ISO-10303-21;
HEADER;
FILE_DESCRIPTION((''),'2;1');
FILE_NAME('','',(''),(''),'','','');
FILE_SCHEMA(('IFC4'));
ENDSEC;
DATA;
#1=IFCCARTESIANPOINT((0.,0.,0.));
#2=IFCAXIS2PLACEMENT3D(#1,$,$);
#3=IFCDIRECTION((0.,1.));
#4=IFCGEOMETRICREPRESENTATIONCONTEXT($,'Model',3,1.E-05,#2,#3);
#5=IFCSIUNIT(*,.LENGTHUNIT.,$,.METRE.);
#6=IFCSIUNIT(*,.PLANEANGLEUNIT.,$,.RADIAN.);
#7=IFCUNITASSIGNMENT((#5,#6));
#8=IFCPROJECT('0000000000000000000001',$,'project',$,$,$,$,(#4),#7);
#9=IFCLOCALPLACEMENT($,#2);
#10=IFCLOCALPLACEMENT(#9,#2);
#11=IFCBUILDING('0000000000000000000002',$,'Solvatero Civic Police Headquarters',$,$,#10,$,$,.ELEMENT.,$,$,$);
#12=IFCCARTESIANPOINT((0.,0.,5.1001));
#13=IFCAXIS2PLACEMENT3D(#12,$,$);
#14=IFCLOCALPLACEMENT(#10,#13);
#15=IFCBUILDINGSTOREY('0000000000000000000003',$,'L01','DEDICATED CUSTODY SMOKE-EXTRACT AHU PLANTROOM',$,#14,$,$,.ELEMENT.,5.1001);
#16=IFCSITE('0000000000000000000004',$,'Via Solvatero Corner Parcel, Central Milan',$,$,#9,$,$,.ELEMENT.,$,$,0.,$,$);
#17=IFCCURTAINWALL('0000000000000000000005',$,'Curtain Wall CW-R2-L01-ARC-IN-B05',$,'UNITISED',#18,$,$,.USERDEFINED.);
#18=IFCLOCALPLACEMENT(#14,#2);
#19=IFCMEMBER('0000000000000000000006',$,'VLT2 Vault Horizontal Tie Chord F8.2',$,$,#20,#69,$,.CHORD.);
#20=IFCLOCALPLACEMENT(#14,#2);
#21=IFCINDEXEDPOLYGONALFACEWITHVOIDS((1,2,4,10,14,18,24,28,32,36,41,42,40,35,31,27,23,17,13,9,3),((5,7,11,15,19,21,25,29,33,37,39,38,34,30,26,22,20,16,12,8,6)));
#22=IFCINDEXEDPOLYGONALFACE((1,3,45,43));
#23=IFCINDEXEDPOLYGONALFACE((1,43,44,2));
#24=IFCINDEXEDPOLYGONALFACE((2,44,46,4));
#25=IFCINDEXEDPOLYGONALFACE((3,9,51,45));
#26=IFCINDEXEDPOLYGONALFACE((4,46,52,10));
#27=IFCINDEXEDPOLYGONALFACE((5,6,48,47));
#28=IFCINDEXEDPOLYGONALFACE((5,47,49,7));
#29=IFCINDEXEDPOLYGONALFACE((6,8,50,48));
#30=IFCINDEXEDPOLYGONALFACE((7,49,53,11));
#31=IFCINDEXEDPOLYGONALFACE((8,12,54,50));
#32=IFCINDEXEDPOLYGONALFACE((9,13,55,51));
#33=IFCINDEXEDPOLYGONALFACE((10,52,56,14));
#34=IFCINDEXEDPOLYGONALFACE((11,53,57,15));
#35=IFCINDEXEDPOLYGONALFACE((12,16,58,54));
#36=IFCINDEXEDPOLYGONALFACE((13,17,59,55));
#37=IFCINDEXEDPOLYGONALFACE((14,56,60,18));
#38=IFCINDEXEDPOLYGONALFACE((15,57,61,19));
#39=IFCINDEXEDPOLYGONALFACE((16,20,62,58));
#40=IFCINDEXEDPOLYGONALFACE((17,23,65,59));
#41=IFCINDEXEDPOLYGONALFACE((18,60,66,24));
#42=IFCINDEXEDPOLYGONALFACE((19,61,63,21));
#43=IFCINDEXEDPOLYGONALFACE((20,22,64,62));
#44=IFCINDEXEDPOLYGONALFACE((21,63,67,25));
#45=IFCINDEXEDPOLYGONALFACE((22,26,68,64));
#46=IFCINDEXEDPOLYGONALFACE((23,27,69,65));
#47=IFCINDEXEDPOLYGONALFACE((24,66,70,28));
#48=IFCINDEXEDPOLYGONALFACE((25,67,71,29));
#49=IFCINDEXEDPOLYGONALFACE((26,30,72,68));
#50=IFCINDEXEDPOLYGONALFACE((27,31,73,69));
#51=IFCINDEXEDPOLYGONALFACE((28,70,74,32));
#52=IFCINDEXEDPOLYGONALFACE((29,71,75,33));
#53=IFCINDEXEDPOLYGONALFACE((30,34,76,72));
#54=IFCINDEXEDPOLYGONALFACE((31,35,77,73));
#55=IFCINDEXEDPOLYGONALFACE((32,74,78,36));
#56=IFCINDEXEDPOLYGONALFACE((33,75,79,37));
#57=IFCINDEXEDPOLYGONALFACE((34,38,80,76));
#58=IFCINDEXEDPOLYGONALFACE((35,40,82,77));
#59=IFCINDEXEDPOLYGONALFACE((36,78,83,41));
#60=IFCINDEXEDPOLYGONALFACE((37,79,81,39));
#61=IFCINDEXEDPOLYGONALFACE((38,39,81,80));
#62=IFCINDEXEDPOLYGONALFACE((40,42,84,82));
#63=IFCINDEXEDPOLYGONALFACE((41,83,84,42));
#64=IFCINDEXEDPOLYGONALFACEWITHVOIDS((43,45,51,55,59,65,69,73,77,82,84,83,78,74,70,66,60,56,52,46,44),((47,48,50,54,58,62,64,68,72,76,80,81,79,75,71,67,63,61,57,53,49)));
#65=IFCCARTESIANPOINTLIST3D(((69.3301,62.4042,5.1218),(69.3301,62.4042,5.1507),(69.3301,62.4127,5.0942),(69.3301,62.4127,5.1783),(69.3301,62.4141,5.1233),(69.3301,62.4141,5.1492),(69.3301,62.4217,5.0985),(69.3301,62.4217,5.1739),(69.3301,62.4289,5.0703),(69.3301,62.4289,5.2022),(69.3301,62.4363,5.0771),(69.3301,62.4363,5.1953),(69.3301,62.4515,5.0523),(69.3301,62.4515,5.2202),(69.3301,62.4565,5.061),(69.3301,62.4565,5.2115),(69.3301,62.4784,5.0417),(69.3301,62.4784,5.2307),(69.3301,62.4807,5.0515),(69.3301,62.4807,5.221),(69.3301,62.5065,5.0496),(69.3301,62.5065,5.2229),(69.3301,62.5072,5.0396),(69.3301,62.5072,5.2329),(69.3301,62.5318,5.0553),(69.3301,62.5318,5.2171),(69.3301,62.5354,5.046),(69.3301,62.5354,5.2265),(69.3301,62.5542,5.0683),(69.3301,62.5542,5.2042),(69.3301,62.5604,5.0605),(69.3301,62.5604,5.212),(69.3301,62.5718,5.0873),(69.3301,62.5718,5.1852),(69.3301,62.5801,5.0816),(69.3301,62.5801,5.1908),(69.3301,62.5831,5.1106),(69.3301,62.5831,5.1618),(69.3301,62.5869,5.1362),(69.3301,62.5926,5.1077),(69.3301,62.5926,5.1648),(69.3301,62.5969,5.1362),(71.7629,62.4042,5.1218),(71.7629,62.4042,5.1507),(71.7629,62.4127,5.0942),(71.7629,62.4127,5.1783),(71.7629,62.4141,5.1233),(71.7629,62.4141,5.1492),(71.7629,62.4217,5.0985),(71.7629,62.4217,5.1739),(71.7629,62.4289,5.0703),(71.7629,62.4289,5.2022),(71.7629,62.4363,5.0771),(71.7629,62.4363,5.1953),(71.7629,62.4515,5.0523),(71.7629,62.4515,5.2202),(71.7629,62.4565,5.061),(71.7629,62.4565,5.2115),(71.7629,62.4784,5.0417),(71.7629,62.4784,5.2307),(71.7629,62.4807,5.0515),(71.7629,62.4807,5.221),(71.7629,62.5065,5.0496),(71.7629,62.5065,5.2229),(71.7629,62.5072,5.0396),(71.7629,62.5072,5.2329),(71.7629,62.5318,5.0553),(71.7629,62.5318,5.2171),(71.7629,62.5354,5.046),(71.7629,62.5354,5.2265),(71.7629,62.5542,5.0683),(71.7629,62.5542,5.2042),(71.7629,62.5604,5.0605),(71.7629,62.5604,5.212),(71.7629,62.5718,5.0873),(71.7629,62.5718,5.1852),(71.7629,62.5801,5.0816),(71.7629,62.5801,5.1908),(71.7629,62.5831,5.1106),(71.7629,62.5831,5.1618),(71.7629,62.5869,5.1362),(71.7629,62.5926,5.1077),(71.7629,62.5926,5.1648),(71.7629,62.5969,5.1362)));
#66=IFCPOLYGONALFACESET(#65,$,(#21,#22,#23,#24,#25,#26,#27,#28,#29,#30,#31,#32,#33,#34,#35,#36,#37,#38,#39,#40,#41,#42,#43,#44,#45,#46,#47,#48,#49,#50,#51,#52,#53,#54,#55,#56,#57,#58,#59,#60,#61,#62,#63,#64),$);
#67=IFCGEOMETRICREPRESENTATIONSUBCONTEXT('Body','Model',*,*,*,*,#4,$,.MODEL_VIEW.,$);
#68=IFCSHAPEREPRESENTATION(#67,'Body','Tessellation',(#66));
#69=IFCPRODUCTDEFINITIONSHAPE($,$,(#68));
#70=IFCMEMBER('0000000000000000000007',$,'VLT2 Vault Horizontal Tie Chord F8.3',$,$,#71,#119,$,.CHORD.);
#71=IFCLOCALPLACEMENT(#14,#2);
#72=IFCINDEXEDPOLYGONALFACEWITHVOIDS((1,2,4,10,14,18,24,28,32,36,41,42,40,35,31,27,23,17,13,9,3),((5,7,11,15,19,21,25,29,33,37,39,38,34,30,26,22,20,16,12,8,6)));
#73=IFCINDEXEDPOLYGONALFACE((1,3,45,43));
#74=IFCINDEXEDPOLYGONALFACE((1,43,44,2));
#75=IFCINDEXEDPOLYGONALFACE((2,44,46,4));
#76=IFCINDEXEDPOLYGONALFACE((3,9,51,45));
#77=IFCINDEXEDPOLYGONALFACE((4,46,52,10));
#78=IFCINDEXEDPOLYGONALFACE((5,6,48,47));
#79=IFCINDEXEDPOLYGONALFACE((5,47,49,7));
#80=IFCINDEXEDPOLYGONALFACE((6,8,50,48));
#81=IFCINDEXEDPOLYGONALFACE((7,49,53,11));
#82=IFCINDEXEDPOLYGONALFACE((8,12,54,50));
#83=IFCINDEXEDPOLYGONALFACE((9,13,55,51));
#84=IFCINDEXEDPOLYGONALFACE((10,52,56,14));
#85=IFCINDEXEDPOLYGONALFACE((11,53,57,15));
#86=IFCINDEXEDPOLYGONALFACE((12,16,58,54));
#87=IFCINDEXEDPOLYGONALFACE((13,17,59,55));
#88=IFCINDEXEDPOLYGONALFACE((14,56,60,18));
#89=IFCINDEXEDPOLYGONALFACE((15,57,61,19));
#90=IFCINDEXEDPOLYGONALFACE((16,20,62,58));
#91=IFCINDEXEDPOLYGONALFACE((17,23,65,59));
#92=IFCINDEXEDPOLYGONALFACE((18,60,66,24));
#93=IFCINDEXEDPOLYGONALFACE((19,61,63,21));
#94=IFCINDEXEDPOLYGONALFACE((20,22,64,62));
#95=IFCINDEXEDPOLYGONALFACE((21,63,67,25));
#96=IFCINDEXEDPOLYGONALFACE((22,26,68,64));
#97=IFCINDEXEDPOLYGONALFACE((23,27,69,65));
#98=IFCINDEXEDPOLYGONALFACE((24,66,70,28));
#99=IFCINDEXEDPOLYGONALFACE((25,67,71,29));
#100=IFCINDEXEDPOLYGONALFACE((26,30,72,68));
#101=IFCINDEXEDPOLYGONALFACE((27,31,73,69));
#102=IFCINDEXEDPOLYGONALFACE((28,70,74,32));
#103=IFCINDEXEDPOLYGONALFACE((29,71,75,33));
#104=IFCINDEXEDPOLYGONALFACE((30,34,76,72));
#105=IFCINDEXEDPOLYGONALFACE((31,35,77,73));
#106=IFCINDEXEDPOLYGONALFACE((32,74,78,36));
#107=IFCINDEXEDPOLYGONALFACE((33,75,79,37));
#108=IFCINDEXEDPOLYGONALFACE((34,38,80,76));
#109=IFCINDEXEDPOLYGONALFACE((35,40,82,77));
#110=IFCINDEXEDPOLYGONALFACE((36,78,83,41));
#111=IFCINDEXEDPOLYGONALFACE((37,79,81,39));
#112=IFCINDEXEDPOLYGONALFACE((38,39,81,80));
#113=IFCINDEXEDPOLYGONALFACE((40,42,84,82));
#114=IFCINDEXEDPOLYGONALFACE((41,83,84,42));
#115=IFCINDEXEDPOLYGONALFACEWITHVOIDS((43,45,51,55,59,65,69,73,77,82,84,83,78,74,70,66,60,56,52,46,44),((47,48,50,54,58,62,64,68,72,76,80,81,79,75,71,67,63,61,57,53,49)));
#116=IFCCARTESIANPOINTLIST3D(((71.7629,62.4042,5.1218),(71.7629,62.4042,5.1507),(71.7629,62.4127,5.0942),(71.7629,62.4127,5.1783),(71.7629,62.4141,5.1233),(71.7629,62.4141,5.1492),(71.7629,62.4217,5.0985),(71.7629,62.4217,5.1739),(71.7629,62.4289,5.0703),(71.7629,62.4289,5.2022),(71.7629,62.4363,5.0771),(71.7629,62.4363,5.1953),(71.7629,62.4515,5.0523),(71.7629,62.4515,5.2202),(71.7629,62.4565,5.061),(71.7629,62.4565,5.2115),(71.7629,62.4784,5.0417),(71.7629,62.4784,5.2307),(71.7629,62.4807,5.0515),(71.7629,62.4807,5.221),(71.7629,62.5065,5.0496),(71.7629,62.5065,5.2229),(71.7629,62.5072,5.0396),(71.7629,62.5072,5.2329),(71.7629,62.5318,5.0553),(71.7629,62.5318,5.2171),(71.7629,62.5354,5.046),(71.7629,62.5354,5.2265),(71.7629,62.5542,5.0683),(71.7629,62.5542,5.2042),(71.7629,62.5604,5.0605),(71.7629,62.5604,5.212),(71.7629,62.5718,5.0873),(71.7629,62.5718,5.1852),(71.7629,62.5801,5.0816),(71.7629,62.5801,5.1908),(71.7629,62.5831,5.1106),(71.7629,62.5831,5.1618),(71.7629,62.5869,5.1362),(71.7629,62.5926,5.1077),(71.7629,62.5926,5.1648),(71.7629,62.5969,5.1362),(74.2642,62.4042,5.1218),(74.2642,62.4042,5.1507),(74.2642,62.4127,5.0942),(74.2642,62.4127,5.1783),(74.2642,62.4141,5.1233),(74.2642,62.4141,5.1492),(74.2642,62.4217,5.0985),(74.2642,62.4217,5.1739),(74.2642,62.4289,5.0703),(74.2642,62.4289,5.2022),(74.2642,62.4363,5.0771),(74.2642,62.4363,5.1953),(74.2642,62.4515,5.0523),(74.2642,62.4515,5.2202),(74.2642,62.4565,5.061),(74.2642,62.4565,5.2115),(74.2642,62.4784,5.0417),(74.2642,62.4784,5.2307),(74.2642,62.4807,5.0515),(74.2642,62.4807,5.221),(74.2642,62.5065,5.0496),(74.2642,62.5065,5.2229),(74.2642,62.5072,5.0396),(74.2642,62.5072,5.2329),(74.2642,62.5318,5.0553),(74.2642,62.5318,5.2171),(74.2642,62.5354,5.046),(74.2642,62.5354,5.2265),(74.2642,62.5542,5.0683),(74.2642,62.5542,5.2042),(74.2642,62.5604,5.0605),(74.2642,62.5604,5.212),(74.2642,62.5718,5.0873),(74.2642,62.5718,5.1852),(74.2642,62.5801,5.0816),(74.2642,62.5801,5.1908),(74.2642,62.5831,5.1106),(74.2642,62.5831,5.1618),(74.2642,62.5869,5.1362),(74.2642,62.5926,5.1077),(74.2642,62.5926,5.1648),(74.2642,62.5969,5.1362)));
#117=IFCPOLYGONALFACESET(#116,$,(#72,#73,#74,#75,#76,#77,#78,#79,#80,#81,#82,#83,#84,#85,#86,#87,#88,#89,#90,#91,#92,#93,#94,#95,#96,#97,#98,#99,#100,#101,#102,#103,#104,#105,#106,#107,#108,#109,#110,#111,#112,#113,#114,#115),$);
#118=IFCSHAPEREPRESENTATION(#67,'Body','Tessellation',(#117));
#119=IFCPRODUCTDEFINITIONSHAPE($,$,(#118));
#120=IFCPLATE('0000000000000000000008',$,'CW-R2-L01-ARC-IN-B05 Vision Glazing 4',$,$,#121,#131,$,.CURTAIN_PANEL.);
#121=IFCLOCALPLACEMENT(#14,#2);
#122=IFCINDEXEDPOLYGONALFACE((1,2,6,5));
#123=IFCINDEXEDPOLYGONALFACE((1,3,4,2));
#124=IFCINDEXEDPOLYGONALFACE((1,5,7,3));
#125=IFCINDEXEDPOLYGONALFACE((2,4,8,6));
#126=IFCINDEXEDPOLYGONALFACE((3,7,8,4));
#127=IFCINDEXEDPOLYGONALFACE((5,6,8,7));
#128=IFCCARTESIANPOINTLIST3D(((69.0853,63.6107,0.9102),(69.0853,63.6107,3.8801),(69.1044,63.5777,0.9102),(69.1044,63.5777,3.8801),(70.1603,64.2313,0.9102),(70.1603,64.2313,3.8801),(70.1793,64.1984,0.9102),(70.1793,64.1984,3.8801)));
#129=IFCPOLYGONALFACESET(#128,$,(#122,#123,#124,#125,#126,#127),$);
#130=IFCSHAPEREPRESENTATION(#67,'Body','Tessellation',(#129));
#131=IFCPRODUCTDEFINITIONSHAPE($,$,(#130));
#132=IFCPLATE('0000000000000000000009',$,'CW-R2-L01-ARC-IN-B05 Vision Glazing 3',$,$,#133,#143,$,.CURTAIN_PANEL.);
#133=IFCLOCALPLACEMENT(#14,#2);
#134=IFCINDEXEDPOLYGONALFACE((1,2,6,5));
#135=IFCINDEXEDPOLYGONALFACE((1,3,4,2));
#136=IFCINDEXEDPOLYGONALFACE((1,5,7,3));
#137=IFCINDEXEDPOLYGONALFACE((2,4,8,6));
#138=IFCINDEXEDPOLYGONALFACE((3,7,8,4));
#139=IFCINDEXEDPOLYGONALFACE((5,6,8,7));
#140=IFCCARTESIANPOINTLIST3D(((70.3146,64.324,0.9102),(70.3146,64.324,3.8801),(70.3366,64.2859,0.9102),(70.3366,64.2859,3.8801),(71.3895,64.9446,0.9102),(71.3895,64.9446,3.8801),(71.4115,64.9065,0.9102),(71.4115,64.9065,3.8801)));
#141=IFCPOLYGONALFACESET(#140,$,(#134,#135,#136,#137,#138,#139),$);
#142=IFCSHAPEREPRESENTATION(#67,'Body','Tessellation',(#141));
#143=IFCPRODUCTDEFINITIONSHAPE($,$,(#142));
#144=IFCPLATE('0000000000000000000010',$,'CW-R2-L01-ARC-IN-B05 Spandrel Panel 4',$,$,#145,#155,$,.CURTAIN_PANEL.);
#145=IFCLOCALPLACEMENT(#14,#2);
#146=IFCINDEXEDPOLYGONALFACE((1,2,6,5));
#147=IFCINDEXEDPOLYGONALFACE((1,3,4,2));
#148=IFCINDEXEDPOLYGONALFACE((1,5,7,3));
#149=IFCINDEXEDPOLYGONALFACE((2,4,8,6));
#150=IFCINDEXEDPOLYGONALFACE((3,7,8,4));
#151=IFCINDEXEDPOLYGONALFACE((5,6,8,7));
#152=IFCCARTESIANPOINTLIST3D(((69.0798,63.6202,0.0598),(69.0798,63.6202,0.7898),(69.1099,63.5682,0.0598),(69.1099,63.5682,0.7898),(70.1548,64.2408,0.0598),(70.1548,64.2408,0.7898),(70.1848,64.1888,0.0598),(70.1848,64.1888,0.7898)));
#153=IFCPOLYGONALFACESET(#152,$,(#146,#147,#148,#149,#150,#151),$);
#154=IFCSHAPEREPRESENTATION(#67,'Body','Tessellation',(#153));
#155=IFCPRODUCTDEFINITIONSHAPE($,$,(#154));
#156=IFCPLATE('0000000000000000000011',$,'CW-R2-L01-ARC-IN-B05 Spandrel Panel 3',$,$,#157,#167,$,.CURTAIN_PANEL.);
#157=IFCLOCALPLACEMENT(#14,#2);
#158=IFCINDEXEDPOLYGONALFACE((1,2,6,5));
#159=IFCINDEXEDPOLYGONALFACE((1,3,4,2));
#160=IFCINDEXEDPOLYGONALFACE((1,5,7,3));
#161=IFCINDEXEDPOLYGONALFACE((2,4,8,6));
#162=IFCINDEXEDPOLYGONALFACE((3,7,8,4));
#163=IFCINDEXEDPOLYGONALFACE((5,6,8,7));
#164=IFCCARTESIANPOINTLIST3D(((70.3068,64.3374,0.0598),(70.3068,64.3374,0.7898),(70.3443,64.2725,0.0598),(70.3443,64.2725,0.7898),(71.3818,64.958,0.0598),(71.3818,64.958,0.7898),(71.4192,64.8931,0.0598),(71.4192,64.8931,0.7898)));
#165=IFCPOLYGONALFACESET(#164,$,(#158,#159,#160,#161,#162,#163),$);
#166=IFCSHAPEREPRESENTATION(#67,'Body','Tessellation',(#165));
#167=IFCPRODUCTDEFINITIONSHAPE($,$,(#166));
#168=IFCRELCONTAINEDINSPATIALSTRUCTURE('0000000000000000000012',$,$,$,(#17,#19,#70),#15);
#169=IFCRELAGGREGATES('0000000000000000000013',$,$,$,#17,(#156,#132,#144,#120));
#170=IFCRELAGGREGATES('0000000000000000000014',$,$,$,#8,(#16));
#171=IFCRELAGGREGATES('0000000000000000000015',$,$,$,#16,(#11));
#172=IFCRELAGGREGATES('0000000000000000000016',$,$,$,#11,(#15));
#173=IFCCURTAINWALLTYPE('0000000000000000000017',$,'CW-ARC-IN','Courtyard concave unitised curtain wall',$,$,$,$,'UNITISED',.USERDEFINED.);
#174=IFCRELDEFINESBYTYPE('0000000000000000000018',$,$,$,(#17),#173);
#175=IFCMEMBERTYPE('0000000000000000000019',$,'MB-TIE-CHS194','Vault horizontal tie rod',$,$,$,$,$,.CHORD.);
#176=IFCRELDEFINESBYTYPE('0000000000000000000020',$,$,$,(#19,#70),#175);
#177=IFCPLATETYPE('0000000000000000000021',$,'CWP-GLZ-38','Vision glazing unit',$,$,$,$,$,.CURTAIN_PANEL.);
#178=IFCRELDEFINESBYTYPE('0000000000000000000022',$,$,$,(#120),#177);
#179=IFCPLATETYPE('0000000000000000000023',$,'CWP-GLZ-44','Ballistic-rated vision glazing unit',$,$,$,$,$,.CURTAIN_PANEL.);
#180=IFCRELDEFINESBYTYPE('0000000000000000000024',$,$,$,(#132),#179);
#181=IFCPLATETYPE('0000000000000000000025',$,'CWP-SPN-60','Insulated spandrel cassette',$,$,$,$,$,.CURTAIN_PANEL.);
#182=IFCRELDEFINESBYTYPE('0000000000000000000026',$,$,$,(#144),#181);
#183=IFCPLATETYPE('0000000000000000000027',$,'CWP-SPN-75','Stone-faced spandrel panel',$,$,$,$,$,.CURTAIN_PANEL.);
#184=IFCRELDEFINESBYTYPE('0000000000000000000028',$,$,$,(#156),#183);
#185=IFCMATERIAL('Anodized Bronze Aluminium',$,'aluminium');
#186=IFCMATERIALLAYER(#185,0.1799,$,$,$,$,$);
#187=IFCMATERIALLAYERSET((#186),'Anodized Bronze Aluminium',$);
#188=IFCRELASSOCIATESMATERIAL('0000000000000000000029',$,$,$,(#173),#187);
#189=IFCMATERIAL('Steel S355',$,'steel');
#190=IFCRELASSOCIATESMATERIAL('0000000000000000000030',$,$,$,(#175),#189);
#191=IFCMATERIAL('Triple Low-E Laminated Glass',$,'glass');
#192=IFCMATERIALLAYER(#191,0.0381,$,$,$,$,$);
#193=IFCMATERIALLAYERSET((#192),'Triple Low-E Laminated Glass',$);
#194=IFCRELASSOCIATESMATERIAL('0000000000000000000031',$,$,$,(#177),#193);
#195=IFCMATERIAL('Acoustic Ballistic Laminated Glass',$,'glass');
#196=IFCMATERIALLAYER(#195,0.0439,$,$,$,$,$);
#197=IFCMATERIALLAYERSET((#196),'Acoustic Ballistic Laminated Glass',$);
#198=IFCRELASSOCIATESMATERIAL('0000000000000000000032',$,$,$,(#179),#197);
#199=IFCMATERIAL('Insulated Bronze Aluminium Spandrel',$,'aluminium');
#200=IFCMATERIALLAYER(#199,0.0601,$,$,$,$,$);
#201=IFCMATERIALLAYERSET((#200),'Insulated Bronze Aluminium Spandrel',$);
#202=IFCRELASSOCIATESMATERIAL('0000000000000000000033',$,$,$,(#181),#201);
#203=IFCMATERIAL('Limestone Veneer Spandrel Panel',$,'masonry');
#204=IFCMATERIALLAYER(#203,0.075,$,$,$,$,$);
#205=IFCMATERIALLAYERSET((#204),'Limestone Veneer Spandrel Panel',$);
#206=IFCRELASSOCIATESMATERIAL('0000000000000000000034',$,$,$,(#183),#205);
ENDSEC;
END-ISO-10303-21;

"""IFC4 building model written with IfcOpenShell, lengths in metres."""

from ifc_helpers import new_model, si_unit, direction, frame, origin, origin_2d, place, context, subcontext, project, spatial, rectangle, hollow_circle, extrude, material, layer, layer_set, material_profile, profile_set, type_object, element, aggregate, save


model = new_model("IFC4")

# Units and contexts
model_context = context("Model", 3, precision=1e-05, world=origin(), true_north=direction((0.0, 1.0)))
body_context = subcontext(model_context, "Body", "Model", "MODEL_VIEW")
ifc_project = project(units=[si_unit("LENGTHUNIT", "METRE"), si_unit("PLANEANGLEUNIT", "RADIAN")], contexts=[model_context])

# Site, building, storey
site_placement = place(None, origin())
site = spatial("IfcSite", under=ifc_project, at=site_placement, Name="Via Solvatero Corner Parcel, Central Milan", CompositionType="ELEMENT", RefElevation=0.0)
building_placement = place(site_placement, origin())
building = spatial("IfcBuilding", under=site, at=building_placement, Name="Solvatero Civic Police Headquarters", CompositionType="ELEMENT")
storey_placement = place(building_placement, frame((0.0, 0.0, 5.1001)))
storey = spatial("IfcBuildingStorey", under=building, at=storey_placement, Name="L01", Description="DEDICATED CUSTODY SMOKE-EXTRACT AHU PLANTROOM", CompositionType="ELEMENT", Elevation=5.1001)

# Shared definitions
ifc_material_1 = material(Name="Steel S355", Category="steel")

# Curtain wall
ifc_material_2 = material(Name="Anodized Bronze Aluminium", Category="aluminium")
ifc_layer_1 = layer(ifc_material_2, 0.1799)
ifc_layer_set_1 = layer_set([ifc_layer_1], Name="Anodized Bronze Aluminium")
curtain_wall_type = type_object("IfcCurtainWallType", Name="CW-ARC-IN", Description="Courtyard concave unitised curtain wall", ElementType="UNITISED", PredefinedType="USERDEFINED", material=ifc_layer_set_1)
curtain_wall_placement = place(storey_placement, origin())
curtain_wall = element("IfcCurtainWall", 1, at=curtain_wall_placement, inside=storey, type_object=curtain_wall_type, Name="Curtain Wall CW-R2-L01-ARC-IN-B05", ObjectType="UNITISED", PredefinedType="USERDEFINED")

# Members
ifc_material_profile_1 = material_profile(ifc_material_1, hollow_circle(Radius=0.0969, WallThickness=0.01, at=origin_2d()), Name="CHS 193.7x10.0")
ifc_profile_set_1 = profile_set([ifc_material_profile_1], Name="Steel S355")
member_type_1 = type_object("IfcMemberType", Name="MB-TIE-CHS194", Description="Vault horizontal tie rod", PredefinedType="CHORD", material=ifc_profile_set_1)
member_1_placement = place(storey_placement, frame((69.3301, 62.5, 5.1362), z_axis=(1.0, 0.0, 0.0), x_axis=(0.0, 1.0, 0.0)))
element("IfcMember", 2, at=member_1_placement, inside=storey, type_object=member_type_1, Name="VLT2 Vault Horizontal Tie Chord F8.2", PredefinedType="CHORD", context=body_context, shape_type="SweptSolid", body=[
    extrude(hollow_circle(Radius=0.0969, WallThickness=0.01, at=origin_2d()), origin(), (0.0, 0.0, 1.0), 2.4329),
])
member_2_placement = place(storey_placement, frame((71.7629, 62.5, 5.1362), z_axis=(1.0, 0.0, 0.0), x_axis=(0.0, 1.0, 0.0)))
element("IfcMember", 3, at=member_2_placement, inside=storey, type_object=member_type_1, Name="VLT2 Vault Horizontal Tie Chord F8.3", PredefinedType="CHORD", context=body_context, shape_type="SweptSolid", body=[
    extrude(hollow_circle(Radius=0.0969, WallThickness=0.01, at=origin_2d()), origin(), (0.0, 0.0, 1.0), 2.5012),
])

# Plates
ifc_material_3 = material(Name="Triple Low-E Laminated Glass", Category="glass")
ifc_layer_2 = layer(ifc_material_3, 0.0381)
ifc_layer_set_2 = layer_set([ifc_layer_2], Name="Triple Low-E Laminated Glass")
plate_type_1 = type_object("IfcPlateType", Name="CWP-GLZ-38", Description="Vision glazing unit", PredefinedType="CURTAIN_PANEL", material=ifc_layer_set_2)
plate_1_placement = place(storey_placement, frame((69.6323, 63.9045, 0.9102), z_axis=(0.0, 0.0, 1.0), x_axis=(-0.866025, -0.5, 0.0)))
plate_1 = element("IfcPlate", 4, at=plate_1_placement, type_object=plate_type_1, Name="CW-R2-L01-ARC-IN-B05 Vision Glazing 4", PredefinedType="CURTAIN_PANEL", context=body_context, shape_type="SweptSolid", body=[
    extrude(rectangle(XDim=1.2412, YDim=0.0381, at=origin_2d()), origin(), (0.0, 0.0, 1.0), 2.97),
])
ifc_material_4 = material(Name="Acoustic Ballistic Laminated Glass", Category="glass")
ifc_layer_3 = layer(ifc_material_4, 0.0439)
ifc_layer_set_3 = layer_set([ifc_layer_3], Name="Acoustic Ballistic Laminated Glass")
plate_type_2 = type_object("IfcPlateType", Name="CWP-GLZ-44", Description="Ballistic-rated vision glazing unit", PredefinedType="CURTAIN_PANEL", material=ifc_layer_set_3)
plate_2_placement = place(storey_placement, frame((70.863, 64.6152, 0.9102), z_axis=(0.0, 0.0, 1.0), x_axis=(-0.866025, -0.5, 0.0)))
plate_2 = element("IfcPlate", 5, at=plate_2_placement, type_object=plate_type_2, Name="CW-R2-L01-ARC-IN-B05 Vision Glazing 3", PredefinedType="CURTAIN_PANEL", context=body_context, shape_type="SweptSolid", body=[
    extrude(rectangle(XDim=1.2412, YDim=0.0439, at=origin_2d()), origin(), (0.0, 0.0, 1.0), 2.97),
])
ifc_material_5 = material(Name="Insulated Bronze Aluminium Spandrel", Category="aluminium")
ifc_layer_4 = layer(ifc_material_5, 0.0601)
ifc_layer_set_4 = layer_set([ifc_layer_4], Name="Insulated Bronze Aluminium Spandrel")
plate_type_3 = type_object("IfcPlateType", Name="CWP-SPN-60", Description="Insulated spandrel cassette", PredefinedType="CURTAIN_PANEL", material=ifc_layer_set_4)
plate_3_placement = place(storey_placement, frame((69.6323, 63.9045, 0.0598), z_axis=(0.0, 0.0, 1.0), x_axis=(-0.866025, -0.5, 0.0)))
plate_3 = element("IfcPlate", 6, at=plate_3_placement, type_object=plate_type_3, Name="CW-R2-L01-ARC-IN-B05 Spandrel Panel 4", PredefinedType="CURTAIN_PANEL", context=body_context, shape_type="SweptSolid", body=[
    extrude(rectangle(XDim=1.2412, YDim=0.0601, at=origin_2d()), origin(), (0.0, 0.0, 1.0), 0.73),
])
ifc_material_6 = material(Name="Limestone Veneer Spandrel Panel", Category="masonry")
ifc_layer_5 = layer(ifc_material_6, 0.075)
ifc_layer_set_5 = layer_set([ifc_layer_5], Name="Limestone Veneer Spandrel Panel")
plate_type_4 = type_object("IfcPlateType", Name="CWP-SPN-75", Description="Stone-faced spandrel panel", PredefinedType="CURTAIN_PANEL", material=ifc_layer_set_5)
plate_4_placement = place(storey_placement, frame((70.863, 64.6152, 0.0598), z_axis=(0.0, 0.0, 1.0), x_axis=(-0.866025, -0.5, 0.0)))
plate_4 = element("IfcPlate", 7, at=plate_4_placement, type_object=plate_type_4, Name="CW-R2-L01-ARC-IN-B05 Spandrel Panel 3", PredefinedType="CURTAIN_PANEL", context=body_context, shape_type="SweptSolid", body=[
    extrude(rectangle(XDim=1.2412, YDim=0.075, at=origin_2d()), origin(), (0.0, 0.0, 1.0), 0.73),
])
aggregate(curtain_wall, [plate_4, plate_2, plate_3, plate_1])

save(model, "model.ifc")
